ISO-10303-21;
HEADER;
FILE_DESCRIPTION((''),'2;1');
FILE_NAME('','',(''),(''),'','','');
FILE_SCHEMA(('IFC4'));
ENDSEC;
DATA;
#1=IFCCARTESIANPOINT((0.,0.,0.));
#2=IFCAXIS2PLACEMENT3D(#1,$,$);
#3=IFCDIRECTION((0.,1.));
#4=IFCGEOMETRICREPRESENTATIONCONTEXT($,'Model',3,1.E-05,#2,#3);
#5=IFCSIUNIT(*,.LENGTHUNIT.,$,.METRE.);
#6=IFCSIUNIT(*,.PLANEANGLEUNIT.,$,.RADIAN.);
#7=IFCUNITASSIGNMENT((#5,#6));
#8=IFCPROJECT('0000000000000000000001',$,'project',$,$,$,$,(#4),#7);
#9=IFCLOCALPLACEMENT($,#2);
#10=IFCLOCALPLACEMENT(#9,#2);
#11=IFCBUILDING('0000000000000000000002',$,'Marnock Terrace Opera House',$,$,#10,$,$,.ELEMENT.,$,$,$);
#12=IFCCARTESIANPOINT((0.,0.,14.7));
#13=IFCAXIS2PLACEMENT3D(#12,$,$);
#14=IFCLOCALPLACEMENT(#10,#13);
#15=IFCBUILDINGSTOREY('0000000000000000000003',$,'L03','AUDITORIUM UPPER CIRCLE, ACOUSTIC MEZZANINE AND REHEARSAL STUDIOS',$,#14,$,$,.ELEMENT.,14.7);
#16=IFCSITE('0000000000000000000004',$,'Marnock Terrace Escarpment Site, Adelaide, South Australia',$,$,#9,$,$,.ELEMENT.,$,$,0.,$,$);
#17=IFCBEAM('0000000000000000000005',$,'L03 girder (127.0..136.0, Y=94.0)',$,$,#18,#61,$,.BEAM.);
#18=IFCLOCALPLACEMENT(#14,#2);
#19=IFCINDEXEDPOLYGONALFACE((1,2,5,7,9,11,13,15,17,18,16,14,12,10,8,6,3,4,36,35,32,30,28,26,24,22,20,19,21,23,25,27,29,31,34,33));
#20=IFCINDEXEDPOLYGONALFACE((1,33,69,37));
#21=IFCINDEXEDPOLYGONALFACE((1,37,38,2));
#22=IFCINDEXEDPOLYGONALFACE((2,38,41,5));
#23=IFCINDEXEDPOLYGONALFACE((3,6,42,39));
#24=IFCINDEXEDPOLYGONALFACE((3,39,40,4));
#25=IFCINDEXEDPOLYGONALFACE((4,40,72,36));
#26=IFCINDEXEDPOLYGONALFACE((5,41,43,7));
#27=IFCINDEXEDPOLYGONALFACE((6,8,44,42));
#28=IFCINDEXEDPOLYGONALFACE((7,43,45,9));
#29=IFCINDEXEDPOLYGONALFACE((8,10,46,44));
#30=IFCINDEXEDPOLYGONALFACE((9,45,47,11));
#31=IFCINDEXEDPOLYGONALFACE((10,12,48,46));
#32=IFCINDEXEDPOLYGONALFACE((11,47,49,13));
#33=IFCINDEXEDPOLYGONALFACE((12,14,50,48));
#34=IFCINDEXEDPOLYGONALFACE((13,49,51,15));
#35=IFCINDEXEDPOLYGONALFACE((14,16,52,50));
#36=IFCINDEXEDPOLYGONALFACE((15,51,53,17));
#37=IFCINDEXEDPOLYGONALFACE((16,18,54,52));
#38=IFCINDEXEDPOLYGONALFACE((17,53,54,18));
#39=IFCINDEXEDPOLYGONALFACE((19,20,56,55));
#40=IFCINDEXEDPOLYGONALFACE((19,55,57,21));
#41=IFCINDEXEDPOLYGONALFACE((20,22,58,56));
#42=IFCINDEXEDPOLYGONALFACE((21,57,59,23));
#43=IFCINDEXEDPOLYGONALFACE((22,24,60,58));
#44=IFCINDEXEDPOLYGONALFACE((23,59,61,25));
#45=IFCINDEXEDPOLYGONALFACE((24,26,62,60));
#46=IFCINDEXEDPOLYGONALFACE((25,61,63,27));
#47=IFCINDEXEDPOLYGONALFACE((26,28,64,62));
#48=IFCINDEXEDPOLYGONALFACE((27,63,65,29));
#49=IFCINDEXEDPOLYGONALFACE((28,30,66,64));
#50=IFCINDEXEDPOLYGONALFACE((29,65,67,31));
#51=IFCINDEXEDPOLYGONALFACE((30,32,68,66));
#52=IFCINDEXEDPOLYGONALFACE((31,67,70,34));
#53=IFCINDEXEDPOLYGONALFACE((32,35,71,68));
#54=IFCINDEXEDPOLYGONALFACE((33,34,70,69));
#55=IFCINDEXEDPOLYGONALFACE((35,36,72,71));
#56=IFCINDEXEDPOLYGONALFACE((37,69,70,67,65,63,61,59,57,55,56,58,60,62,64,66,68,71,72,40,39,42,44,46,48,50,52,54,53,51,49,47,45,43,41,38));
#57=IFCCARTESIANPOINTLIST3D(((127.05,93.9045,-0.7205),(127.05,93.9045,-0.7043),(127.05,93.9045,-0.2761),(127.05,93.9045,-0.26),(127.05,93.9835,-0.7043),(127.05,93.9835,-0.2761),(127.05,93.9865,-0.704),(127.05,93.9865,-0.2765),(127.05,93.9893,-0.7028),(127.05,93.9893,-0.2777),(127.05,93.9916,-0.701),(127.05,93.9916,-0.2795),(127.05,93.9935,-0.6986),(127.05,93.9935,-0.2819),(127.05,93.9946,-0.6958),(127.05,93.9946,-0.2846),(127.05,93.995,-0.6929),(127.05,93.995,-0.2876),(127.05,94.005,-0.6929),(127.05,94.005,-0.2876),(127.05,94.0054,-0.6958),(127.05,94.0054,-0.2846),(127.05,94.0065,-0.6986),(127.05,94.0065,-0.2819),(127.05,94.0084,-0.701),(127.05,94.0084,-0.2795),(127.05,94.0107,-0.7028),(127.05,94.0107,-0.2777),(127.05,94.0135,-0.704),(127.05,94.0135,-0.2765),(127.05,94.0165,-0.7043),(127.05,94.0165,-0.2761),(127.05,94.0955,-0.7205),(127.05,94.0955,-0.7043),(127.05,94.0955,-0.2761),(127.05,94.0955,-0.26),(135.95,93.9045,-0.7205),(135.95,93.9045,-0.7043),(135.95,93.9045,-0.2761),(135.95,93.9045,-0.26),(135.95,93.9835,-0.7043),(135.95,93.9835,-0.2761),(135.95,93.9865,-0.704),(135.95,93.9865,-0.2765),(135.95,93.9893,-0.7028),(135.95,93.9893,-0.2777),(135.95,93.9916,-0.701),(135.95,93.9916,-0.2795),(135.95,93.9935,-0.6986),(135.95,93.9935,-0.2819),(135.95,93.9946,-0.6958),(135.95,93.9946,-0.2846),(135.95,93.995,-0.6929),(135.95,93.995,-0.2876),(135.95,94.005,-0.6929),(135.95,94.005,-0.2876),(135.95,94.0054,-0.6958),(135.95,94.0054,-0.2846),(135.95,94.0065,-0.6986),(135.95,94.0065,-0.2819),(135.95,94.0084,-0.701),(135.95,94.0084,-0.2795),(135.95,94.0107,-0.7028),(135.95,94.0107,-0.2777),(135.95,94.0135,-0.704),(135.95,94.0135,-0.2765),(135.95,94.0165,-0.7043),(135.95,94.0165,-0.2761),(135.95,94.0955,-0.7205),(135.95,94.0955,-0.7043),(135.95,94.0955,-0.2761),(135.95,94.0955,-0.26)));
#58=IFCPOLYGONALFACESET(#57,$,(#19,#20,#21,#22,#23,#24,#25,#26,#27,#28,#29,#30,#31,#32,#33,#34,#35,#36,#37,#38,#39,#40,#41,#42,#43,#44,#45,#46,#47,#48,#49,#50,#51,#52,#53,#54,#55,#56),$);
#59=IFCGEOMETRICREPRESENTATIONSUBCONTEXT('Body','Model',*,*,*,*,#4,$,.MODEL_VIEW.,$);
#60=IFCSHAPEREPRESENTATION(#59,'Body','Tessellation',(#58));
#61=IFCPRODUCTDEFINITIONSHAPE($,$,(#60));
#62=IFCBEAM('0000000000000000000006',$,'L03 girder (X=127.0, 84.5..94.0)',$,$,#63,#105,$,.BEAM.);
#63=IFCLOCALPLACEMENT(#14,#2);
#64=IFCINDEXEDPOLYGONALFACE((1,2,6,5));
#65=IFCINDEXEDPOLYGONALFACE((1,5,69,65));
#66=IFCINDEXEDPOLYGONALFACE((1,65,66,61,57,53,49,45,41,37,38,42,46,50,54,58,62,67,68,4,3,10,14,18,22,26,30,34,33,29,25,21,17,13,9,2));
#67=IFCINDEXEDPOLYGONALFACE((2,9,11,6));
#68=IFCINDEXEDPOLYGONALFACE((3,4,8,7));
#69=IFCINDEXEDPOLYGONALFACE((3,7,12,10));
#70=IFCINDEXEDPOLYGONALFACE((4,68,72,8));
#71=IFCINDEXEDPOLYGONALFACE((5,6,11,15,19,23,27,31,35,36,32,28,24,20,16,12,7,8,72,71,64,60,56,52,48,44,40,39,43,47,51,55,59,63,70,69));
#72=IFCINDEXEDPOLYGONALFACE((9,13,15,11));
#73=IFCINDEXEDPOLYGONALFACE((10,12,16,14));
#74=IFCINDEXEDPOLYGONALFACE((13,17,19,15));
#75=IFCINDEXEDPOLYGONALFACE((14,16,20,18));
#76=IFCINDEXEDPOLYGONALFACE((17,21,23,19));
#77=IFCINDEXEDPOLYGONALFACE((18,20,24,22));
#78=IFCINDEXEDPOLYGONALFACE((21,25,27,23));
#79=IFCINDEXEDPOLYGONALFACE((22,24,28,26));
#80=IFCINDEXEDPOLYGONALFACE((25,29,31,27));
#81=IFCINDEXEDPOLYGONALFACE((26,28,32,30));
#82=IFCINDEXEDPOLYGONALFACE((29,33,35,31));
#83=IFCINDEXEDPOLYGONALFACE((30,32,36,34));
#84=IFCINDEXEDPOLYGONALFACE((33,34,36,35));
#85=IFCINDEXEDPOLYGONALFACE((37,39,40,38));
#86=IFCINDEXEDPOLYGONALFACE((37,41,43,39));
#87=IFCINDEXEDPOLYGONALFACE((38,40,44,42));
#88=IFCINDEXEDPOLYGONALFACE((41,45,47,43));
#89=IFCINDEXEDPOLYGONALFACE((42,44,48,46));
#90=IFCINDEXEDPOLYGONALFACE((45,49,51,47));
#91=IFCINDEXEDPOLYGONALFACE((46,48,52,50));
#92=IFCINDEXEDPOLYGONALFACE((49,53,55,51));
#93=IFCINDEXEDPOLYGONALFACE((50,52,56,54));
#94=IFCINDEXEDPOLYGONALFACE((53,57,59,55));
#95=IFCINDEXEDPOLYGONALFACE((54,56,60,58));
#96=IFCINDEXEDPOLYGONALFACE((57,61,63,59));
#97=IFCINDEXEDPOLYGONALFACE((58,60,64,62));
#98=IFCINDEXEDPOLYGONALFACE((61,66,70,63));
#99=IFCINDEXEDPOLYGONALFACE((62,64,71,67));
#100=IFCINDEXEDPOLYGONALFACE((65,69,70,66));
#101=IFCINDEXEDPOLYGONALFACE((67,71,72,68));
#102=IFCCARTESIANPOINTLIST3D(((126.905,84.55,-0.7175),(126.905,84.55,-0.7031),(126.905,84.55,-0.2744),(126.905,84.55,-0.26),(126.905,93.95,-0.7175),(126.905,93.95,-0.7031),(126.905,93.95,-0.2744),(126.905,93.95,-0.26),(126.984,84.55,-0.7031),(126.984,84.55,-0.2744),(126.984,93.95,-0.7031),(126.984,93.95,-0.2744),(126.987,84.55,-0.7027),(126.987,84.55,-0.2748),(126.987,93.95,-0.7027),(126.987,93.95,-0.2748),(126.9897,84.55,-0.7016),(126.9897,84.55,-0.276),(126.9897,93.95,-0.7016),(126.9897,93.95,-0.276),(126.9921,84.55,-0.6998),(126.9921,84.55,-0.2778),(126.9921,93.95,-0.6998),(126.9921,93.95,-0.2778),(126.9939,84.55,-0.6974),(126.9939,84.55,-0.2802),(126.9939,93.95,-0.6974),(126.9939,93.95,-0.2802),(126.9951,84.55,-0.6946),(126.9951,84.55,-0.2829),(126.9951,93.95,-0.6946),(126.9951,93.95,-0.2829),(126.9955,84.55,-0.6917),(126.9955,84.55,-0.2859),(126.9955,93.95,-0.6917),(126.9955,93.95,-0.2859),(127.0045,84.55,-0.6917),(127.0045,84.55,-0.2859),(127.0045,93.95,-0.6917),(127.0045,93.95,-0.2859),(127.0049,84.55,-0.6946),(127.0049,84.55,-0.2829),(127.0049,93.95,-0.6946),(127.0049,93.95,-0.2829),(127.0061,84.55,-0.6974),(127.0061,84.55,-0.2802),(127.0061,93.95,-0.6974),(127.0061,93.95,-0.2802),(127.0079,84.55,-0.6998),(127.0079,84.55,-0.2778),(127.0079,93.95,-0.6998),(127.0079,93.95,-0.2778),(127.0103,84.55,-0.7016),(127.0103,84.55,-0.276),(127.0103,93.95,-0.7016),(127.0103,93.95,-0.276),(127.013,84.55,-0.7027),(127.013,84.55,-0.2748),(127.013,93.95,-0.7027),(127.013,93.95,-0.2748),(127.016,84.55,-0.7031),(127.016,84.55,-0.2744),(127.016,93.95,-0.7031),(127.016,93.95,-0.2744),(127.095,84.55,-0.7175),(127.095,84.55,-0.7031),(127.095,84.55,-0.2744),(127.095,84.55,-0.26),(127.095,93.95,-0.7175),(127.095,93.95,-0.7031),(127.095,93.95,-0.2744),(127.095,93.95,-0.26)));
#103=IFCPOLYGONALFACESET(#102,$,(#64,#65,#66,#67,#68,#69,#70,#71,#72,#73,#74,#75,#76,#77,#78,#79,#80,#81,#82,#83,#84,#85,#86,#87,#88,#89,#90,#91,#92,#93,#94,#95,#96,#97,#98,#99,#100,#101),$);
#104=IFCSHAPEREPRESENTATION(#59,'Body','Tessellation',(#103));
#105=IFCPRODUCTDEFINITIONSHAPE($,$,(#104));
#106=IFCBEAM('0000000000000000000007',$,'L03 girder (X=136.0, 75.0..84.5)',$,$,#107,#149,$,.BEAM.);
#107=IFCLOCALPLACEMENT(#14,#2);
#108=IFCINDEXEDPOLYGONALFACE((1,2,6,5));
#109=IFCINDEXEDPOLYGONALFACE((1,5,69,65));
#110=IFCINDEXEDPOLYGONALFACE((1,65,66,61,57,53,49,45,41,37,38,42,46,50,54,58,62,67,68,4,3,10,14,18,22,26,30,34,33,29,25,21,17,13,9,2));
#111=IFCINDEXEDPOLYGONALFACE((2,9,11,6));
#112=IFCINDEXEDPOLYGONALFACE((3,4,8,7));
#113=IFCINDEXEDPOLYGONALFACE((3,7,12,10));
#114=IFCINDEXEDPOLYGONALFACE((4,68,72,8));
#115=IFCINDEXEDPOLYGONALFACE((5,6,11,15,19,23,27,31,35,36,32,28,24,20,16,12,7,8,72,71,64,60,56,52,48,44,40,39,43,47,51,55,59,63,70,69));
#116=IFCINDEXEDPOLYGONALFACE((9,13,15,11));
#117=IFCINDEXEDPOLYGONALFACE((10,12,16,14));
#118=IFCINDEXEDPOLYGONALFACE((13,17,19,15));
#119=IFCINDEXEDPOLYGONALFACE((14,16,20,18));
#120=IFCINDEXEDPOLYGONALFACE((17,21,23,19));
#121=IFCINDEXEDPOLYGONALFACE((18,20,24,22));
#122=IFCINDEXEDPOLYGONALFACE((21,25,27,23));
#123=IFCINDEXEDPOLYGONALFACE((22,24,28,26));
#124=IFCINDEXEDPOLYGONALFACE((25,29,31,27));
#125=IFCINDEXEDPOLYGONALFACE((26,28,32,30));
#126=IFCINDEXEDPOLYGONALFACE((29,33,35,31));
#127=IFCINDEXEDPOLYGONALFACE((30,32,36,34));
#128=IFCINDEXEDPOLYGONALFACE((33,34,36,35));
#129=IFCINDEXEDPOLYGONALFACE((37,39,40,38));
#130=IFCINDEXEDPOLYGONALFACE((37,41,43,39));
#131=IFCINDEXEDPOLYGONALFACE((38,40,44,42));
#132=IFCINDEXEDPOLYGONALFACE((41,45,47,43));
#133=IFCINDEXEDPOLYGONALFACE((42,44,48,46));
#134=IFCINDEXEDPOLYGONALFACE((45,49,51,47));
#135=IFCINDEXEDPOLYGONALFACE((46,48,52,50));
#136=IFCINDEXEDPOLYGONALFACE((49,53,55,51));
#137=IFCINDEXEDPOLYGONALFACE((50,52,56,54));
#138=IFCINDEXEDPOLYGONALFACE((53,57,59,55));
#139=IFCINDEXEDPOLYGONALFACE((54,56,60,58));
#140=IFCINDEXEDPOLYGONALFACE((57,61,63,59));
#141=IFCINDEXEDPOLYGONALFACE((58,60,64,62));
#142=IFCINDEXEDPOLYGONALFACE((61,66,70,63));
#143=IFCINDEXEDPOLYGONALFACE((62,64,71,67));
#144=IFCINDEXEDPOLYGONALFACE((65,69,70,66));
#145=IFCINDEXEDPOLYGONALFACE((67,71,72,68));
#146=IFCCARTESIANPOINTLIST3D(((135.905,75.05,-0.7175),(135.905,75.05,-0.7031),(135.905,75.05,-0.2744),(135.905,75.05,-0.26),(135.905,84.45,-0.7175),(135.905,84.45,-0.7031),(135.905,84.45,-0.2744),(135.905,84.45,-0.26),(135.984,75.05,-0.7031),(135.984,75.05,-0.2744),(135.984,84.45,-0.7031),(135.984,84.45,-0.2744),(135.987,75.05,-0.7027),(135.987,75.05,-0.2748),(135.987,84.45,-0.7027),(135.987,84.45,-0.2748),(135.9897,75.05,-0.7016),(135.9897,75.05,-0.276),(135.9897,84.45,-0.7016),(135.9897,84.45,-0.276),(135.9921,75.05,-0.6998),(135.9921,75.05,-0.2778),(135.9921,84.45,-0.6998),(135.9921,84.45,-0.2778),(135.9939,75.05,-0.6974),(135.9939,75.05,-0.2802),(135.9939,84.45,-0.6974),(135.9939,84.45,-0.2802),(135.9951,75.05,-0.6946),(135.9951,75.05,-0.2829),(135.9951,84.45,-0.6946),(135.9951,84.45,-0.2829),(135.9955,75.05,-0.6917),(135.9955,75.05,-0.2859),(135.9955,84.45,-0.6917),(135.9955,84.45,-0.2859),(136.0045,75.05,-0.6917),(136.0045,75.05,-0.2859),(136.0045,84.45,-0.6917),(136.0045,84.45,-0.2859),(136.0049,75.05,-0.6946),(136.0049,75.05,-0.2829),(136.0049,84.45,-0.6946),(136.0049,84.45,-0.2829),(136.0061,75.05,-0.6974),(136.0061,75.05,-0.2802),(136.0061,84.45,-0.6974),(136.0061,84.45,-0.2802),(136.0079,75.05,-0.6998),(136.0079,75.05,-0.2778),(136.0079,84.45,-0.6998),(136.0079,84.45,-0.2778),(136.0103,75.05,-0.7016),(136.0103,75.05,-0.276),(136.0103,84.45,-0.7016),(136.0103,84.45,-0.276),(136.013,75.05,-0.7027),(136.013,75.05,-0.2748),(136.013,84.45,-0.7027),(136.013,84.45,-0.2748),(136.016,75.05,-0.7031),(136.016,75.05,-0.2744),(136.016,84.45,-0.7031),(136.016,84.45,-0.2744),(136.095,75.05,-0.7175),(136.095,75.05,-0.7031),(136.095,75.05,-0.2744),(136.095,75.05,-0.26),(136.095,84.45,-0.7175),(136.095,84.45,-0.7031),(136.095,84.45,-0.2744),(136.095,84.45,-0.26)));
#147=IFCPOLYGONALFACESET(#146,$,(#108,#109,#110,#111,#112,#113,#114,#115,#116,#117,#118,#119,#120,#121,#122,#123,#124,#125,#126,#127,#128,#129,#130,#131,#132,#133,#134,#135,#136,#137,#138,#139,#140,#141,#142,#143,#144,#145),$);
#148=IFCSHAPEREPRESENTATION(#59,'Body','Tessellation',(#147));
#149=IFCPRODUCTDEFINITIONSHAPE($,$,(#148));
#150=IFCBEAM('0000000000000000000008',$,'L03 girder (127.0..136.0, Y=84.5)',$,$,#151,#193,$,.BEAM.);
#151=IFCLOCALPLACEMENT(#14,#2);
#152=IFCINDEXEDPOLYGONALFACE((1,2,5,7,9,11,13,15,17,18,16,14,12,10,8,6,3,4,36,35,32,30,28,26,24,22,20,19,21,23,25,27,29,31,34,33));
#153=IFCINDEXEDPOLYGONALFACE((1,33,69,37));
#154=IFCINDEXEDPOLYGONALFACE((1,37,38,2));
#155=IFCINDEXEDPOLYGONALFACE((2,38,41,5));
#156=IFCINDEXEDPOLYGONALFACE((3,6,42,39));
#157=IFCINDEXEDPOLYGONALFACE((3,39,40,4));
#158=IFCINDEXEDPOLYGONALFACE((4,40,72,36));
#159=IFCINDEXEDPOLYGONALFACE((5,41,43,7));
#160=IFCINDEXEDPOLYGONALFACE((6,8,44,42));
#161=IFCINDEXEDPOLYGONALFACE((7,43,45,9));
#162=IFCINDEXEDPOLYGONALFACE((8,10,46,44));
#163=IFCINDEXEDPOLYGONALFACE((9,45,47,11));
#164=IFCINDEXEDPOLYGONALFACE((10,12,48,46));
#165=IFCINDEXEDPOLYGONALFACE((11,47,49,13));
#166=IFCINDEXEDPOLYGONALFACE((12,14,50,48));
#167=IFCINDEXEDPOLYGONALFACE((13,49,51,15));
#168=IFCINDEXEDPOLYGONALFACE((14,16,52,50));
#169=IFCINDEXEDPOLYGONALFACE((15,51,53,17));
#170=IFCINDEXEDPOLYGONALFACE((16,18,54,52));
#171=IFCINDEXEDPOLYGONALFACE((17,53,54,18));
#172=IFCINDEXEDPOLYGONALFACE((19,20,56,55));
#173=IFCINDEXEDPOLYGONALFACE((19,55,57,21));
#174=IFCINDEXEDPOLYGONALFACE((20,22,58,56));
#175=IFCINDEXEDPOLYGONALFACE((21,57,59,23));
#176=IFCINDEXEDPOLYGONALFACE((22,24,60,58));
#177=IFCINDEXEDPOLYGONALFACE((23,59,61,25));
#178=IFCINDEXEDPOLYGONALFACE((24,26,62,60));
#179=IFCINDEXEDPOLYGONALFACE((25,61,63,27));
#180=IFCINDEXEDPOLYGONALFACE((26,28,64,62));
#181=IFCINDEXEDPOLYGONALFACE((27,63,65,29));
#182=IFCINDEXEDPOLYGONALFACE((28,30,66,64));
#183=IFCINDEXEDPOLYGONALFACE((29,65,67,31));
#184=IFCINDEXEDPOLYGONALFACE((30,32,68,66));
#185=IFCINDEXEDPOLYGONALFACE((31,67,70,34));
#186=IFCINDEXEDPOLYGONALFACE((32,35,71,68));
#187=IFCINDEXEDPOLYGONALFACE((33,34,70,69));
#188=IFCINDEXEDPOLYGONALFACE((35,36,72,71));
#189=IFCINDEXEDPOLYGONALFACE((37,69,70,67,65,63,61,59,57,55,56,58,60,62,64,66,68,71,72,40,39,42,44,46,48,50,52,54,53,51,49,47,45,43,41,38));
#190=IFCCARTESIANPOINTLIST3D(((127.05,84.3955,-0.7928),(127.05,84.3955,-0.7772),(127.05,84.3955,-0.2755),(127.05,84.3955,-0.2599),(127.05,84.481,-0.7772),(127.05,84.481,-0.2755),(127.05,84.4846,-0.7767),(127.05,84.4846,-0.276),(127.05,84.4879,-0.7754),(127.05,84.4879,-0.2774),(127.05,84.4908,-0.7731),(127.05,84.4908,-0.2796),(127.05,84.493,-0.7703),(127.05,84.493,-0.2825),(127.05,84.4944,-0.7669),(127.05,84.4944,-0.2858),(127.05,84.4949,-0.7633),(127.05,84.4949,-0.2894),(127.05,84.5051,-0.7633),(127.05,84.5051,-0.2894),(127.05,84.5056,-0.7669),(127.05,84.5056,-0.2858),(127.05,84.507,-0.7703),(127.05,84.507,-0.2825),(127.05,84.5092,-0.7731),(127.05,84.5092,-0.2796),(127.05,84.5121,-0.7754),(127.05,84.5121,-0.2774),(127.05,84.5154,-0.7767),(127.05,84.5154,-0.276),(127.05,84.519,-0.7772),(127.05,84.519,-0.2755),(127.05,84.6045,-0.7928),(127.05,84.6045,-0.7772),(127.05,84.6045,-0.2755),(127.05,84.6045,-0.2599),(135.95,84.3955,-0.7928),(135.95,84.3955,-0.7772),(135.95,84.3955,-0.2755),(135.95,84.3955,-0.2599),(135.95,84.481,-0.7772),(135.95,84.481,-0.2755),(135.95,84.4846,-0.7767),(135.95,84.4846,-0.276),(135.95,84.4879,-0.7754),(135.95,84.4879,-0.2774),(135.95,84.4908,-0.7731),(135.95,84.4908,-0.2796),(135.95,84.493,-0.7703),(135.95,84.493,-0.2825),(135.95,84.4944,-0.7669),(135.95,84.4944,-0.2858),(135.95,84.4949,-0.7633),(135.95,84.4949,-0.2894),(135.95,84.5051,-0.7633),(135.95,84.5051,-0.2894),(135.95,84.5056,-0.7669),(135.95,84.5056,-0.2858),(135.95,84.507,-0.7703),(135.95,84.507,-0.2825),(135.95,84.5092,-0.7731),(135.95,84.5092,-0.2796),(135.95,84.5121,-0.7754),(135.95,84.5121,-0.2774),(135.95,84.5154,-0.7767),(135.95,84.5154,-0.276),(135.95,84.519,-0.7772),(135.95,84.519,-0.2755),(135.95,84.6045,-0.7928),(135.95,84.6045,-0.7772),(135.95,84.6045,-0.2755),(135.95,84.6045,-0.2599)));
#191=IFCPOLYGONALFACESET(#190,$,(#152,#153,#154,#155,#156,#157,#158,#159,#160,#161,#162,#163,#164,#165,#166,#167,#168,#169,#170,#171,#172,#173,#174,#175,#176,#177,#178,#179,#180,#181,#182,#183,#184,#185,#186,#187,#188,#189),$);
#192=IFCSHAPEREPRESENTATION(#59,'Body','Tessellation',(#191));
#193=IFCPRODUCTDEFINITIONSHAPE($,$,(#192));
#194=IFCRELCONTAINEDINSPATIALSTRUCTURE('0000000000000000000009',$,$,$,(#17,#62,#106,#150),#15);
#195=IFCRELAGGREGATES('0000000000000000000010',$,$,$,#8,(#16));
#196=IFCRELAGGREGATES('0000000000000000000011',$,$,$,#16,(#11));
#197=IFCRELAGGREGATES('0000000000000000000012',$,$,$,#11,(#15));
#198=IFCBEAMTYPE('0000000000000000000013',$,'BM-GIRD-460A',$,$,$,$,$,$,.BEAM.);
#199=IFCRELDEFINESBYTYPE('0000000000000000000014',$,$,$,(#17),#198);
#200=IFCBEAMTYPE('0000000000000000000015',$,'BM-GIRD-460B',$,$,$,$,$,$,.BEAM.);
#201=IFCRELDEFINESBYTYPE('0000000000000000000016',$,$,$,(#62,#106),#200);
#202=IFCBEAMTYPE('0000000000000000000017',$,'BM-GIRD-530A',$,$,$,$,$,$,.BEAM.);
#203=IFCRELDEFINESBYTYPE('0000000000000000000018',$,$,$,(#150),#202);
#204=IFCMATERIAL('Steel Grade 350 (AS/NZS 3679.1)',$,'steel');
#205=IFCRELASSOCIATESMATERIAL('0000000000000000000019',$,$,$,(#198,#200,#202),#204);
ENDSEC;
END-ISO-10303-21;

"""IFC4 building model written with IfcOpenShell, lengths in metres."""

from ifc_helpers import new_model, si_unit, direction, frame, origin, origin_2d, place, context, subcontext, project, spatial, i_section, extrude, material, material_profile, profile_set, type_object, element, save


model = new_model("IFC4")

# Units and contexts
model_context = context("Model", 3, precision=1e-05, world=origin(), true_north=direction((0.0, 1.0)))
body_context = subcontext(model_context, "Body", "Model", "MODEL_VIEW")
ifc_project = project(units=[si_unit("LENGTHUNIT", "METRE"), si_unit("PLANEANGLEUNIT", "RADIAN")], contexts=[model_context])

# Site, building, storey
site_placement = place(None, origin())
site = spatial("IfcSite", under=ifc_project, at=site_placement, Name="Marnock Terrace Escarpment Site, Adelaide, South Australia", CompositionType="ELEMENT", RefElevation=0.0)
building_placement = place(site_placement, origin())
building = spatial("IfcBuilding", under=site, at=building_placement, Name="Marnock Terrace Opera House", CompositionType="ELEMENT")
storey_placement = place(building_placement, frame((0.0, 0.0, 14.7)))
storey = spatial("IfcBuildingStorey", under=building, at=storey_placement, Name="L03", Description="AUDITORIUM UPPER CIRCLE, ACOUSTIC MEZZANINE AND REHEARSAL STUDIOS", CompositionType="ELEMENT", Elevation=14.7)

# Beams
ifc_material_1 = material(Name="Steel Grade 350 (AS/NZS 3679.1)", Category="steel")
ifc_material_profile_1 = material_profile(ifc_material_1, i_section(OverallWidth=0.1909, OverallDepth=0.4604, WebThickness=0.01, FlangeThickness=0.0161, FilletRadius=0.0115, at=origin_2d()))
ifc_profile_set_1 = profile_set([ifc_material_profile_1], Name="Steel Grade 350 (AS/NZS 3679.1)")
beam_type_1 = type_object("IfcBeamType", Name="BM-GIRD-460A", PredefinedType="BEAM", material=ifc_profile_set_1)
beam_1_placement = place(storey_placement, frame((127.05, 94.0, -0.4902), z_axis=(1.0, 0.0, 0.0), x_axis=(0.0, 1.0, 0.0)))
element("IfcBeam", 1, at=beam_1_placement, inside=storey, type_object=beam_type_1, Name="L03 girder (127.0..136.0, Y=94.0)", PredefinedType="BEAM", context=body_context, shape_type="SweptSolid", body=[
    extrude(i_section(OverallWidth=0.1909, OverallDepth=0.4604, WebThickness=0.01, FlangeThickness=0.0161, FilletRadius=0.0115, at=origin_2d()), origin(), (0.0, 0.0, 1.0), 8.8999),
])
ifc_material_profile_2 = material_profile(ifc_material_1, i_section(OverallWidth=0.1899, OverallDepth=0.4575, WebThickness=0.009, FlangeThickness=0.0144, FilletRadius=0.0115, at=origin_2d()))
ifc_profile_set_2 = profile_set([ifc_material_profile_2], Name="Steel Grade 350 (AS/NZS 3679.1)")
beam_type_2 = type_object("IfcBeamType", Name="BM-GIRD-460B", PredefinedType="BEAM", material=ifc_profile_set_2)
for number, where, z_axis, x_axis, name in (
    (2, (127.0, 84.55, -0.4888), (0.0, 1.0, 0.0), (-1.0, 0.0, 0.0), "L03 girder (X=127.0, 84.5..94.0)"),
    (3, (136.0, 75.05, -0.4888), (0.0, 1.0, 0.0), (-1.0, 0.0, 0.0), "L03 girder (X=136.0, 75.0..84.5)"),
):
    element("IfcBeam", number, at=place(storey_placement, frame(where, z_axis=z_axis, x_axis=x_axis)), inside=storey, type_object=beam_type_2, Name=name, PredefinedType="BEAM", context=body_context, shape_type="SweptSolid", body=[
        extrude(i_section(OverallWidth=0.1899, OverallDepth=0.4575, WebThickness=0.009, FlangeThickness=0.0144, FilletRadius=0.0115, at=origin_2d()), origin(), (0.0, 0.0, 1.0), 9.3999),
    ])
ifc_material_profile_3 = material_profile(ifc_material_1, i_section(OverallWidth=0.209, OverallDepth=0.533, WebThickness=0.0103, FlangeThickness=0.0156, FilletRadius=0.0139, at=origin_2d()))
ifc_profile_set_3 = profile_set([ifc_material_profile_3], Name="Steel Grade 350 (AS/NZS 3679.1)")
beam_type_3 = type_object("IfcBeamType", Name="BM-GIRD-530A", PredefinedType="BEAM", material=ifc_profile_set_3)
for number, where, z_axis, x_axis, name in (
    (4, (127.05, 84.5, -0.5264), (1.0, 0.0, 0.0), (0.0, 1.0, 0.0), "L03 girder (127.0..136.0, Y=84.5)"),
):
    element("IfcBeam", number, at=place(storey_placement, frame(where, z_axis=z_axis, x_axis=x_axis)), inside=storey, type_object=beam_type_3, Name=name, PredefinedType="BEAM", context=body_context, shape_type="SweptSolid", body=[
        extrude(i_section(OverallWidth=0.209, OverallDepth=0.533, WebThickness=0.0103, FlangeThickness=0.0156, FilletRadius=0.0139, at=origin_2d()), origin(), (0.0, 0.0, 1.0), 8.8999),
    ])

save(model, "model.ifc")
